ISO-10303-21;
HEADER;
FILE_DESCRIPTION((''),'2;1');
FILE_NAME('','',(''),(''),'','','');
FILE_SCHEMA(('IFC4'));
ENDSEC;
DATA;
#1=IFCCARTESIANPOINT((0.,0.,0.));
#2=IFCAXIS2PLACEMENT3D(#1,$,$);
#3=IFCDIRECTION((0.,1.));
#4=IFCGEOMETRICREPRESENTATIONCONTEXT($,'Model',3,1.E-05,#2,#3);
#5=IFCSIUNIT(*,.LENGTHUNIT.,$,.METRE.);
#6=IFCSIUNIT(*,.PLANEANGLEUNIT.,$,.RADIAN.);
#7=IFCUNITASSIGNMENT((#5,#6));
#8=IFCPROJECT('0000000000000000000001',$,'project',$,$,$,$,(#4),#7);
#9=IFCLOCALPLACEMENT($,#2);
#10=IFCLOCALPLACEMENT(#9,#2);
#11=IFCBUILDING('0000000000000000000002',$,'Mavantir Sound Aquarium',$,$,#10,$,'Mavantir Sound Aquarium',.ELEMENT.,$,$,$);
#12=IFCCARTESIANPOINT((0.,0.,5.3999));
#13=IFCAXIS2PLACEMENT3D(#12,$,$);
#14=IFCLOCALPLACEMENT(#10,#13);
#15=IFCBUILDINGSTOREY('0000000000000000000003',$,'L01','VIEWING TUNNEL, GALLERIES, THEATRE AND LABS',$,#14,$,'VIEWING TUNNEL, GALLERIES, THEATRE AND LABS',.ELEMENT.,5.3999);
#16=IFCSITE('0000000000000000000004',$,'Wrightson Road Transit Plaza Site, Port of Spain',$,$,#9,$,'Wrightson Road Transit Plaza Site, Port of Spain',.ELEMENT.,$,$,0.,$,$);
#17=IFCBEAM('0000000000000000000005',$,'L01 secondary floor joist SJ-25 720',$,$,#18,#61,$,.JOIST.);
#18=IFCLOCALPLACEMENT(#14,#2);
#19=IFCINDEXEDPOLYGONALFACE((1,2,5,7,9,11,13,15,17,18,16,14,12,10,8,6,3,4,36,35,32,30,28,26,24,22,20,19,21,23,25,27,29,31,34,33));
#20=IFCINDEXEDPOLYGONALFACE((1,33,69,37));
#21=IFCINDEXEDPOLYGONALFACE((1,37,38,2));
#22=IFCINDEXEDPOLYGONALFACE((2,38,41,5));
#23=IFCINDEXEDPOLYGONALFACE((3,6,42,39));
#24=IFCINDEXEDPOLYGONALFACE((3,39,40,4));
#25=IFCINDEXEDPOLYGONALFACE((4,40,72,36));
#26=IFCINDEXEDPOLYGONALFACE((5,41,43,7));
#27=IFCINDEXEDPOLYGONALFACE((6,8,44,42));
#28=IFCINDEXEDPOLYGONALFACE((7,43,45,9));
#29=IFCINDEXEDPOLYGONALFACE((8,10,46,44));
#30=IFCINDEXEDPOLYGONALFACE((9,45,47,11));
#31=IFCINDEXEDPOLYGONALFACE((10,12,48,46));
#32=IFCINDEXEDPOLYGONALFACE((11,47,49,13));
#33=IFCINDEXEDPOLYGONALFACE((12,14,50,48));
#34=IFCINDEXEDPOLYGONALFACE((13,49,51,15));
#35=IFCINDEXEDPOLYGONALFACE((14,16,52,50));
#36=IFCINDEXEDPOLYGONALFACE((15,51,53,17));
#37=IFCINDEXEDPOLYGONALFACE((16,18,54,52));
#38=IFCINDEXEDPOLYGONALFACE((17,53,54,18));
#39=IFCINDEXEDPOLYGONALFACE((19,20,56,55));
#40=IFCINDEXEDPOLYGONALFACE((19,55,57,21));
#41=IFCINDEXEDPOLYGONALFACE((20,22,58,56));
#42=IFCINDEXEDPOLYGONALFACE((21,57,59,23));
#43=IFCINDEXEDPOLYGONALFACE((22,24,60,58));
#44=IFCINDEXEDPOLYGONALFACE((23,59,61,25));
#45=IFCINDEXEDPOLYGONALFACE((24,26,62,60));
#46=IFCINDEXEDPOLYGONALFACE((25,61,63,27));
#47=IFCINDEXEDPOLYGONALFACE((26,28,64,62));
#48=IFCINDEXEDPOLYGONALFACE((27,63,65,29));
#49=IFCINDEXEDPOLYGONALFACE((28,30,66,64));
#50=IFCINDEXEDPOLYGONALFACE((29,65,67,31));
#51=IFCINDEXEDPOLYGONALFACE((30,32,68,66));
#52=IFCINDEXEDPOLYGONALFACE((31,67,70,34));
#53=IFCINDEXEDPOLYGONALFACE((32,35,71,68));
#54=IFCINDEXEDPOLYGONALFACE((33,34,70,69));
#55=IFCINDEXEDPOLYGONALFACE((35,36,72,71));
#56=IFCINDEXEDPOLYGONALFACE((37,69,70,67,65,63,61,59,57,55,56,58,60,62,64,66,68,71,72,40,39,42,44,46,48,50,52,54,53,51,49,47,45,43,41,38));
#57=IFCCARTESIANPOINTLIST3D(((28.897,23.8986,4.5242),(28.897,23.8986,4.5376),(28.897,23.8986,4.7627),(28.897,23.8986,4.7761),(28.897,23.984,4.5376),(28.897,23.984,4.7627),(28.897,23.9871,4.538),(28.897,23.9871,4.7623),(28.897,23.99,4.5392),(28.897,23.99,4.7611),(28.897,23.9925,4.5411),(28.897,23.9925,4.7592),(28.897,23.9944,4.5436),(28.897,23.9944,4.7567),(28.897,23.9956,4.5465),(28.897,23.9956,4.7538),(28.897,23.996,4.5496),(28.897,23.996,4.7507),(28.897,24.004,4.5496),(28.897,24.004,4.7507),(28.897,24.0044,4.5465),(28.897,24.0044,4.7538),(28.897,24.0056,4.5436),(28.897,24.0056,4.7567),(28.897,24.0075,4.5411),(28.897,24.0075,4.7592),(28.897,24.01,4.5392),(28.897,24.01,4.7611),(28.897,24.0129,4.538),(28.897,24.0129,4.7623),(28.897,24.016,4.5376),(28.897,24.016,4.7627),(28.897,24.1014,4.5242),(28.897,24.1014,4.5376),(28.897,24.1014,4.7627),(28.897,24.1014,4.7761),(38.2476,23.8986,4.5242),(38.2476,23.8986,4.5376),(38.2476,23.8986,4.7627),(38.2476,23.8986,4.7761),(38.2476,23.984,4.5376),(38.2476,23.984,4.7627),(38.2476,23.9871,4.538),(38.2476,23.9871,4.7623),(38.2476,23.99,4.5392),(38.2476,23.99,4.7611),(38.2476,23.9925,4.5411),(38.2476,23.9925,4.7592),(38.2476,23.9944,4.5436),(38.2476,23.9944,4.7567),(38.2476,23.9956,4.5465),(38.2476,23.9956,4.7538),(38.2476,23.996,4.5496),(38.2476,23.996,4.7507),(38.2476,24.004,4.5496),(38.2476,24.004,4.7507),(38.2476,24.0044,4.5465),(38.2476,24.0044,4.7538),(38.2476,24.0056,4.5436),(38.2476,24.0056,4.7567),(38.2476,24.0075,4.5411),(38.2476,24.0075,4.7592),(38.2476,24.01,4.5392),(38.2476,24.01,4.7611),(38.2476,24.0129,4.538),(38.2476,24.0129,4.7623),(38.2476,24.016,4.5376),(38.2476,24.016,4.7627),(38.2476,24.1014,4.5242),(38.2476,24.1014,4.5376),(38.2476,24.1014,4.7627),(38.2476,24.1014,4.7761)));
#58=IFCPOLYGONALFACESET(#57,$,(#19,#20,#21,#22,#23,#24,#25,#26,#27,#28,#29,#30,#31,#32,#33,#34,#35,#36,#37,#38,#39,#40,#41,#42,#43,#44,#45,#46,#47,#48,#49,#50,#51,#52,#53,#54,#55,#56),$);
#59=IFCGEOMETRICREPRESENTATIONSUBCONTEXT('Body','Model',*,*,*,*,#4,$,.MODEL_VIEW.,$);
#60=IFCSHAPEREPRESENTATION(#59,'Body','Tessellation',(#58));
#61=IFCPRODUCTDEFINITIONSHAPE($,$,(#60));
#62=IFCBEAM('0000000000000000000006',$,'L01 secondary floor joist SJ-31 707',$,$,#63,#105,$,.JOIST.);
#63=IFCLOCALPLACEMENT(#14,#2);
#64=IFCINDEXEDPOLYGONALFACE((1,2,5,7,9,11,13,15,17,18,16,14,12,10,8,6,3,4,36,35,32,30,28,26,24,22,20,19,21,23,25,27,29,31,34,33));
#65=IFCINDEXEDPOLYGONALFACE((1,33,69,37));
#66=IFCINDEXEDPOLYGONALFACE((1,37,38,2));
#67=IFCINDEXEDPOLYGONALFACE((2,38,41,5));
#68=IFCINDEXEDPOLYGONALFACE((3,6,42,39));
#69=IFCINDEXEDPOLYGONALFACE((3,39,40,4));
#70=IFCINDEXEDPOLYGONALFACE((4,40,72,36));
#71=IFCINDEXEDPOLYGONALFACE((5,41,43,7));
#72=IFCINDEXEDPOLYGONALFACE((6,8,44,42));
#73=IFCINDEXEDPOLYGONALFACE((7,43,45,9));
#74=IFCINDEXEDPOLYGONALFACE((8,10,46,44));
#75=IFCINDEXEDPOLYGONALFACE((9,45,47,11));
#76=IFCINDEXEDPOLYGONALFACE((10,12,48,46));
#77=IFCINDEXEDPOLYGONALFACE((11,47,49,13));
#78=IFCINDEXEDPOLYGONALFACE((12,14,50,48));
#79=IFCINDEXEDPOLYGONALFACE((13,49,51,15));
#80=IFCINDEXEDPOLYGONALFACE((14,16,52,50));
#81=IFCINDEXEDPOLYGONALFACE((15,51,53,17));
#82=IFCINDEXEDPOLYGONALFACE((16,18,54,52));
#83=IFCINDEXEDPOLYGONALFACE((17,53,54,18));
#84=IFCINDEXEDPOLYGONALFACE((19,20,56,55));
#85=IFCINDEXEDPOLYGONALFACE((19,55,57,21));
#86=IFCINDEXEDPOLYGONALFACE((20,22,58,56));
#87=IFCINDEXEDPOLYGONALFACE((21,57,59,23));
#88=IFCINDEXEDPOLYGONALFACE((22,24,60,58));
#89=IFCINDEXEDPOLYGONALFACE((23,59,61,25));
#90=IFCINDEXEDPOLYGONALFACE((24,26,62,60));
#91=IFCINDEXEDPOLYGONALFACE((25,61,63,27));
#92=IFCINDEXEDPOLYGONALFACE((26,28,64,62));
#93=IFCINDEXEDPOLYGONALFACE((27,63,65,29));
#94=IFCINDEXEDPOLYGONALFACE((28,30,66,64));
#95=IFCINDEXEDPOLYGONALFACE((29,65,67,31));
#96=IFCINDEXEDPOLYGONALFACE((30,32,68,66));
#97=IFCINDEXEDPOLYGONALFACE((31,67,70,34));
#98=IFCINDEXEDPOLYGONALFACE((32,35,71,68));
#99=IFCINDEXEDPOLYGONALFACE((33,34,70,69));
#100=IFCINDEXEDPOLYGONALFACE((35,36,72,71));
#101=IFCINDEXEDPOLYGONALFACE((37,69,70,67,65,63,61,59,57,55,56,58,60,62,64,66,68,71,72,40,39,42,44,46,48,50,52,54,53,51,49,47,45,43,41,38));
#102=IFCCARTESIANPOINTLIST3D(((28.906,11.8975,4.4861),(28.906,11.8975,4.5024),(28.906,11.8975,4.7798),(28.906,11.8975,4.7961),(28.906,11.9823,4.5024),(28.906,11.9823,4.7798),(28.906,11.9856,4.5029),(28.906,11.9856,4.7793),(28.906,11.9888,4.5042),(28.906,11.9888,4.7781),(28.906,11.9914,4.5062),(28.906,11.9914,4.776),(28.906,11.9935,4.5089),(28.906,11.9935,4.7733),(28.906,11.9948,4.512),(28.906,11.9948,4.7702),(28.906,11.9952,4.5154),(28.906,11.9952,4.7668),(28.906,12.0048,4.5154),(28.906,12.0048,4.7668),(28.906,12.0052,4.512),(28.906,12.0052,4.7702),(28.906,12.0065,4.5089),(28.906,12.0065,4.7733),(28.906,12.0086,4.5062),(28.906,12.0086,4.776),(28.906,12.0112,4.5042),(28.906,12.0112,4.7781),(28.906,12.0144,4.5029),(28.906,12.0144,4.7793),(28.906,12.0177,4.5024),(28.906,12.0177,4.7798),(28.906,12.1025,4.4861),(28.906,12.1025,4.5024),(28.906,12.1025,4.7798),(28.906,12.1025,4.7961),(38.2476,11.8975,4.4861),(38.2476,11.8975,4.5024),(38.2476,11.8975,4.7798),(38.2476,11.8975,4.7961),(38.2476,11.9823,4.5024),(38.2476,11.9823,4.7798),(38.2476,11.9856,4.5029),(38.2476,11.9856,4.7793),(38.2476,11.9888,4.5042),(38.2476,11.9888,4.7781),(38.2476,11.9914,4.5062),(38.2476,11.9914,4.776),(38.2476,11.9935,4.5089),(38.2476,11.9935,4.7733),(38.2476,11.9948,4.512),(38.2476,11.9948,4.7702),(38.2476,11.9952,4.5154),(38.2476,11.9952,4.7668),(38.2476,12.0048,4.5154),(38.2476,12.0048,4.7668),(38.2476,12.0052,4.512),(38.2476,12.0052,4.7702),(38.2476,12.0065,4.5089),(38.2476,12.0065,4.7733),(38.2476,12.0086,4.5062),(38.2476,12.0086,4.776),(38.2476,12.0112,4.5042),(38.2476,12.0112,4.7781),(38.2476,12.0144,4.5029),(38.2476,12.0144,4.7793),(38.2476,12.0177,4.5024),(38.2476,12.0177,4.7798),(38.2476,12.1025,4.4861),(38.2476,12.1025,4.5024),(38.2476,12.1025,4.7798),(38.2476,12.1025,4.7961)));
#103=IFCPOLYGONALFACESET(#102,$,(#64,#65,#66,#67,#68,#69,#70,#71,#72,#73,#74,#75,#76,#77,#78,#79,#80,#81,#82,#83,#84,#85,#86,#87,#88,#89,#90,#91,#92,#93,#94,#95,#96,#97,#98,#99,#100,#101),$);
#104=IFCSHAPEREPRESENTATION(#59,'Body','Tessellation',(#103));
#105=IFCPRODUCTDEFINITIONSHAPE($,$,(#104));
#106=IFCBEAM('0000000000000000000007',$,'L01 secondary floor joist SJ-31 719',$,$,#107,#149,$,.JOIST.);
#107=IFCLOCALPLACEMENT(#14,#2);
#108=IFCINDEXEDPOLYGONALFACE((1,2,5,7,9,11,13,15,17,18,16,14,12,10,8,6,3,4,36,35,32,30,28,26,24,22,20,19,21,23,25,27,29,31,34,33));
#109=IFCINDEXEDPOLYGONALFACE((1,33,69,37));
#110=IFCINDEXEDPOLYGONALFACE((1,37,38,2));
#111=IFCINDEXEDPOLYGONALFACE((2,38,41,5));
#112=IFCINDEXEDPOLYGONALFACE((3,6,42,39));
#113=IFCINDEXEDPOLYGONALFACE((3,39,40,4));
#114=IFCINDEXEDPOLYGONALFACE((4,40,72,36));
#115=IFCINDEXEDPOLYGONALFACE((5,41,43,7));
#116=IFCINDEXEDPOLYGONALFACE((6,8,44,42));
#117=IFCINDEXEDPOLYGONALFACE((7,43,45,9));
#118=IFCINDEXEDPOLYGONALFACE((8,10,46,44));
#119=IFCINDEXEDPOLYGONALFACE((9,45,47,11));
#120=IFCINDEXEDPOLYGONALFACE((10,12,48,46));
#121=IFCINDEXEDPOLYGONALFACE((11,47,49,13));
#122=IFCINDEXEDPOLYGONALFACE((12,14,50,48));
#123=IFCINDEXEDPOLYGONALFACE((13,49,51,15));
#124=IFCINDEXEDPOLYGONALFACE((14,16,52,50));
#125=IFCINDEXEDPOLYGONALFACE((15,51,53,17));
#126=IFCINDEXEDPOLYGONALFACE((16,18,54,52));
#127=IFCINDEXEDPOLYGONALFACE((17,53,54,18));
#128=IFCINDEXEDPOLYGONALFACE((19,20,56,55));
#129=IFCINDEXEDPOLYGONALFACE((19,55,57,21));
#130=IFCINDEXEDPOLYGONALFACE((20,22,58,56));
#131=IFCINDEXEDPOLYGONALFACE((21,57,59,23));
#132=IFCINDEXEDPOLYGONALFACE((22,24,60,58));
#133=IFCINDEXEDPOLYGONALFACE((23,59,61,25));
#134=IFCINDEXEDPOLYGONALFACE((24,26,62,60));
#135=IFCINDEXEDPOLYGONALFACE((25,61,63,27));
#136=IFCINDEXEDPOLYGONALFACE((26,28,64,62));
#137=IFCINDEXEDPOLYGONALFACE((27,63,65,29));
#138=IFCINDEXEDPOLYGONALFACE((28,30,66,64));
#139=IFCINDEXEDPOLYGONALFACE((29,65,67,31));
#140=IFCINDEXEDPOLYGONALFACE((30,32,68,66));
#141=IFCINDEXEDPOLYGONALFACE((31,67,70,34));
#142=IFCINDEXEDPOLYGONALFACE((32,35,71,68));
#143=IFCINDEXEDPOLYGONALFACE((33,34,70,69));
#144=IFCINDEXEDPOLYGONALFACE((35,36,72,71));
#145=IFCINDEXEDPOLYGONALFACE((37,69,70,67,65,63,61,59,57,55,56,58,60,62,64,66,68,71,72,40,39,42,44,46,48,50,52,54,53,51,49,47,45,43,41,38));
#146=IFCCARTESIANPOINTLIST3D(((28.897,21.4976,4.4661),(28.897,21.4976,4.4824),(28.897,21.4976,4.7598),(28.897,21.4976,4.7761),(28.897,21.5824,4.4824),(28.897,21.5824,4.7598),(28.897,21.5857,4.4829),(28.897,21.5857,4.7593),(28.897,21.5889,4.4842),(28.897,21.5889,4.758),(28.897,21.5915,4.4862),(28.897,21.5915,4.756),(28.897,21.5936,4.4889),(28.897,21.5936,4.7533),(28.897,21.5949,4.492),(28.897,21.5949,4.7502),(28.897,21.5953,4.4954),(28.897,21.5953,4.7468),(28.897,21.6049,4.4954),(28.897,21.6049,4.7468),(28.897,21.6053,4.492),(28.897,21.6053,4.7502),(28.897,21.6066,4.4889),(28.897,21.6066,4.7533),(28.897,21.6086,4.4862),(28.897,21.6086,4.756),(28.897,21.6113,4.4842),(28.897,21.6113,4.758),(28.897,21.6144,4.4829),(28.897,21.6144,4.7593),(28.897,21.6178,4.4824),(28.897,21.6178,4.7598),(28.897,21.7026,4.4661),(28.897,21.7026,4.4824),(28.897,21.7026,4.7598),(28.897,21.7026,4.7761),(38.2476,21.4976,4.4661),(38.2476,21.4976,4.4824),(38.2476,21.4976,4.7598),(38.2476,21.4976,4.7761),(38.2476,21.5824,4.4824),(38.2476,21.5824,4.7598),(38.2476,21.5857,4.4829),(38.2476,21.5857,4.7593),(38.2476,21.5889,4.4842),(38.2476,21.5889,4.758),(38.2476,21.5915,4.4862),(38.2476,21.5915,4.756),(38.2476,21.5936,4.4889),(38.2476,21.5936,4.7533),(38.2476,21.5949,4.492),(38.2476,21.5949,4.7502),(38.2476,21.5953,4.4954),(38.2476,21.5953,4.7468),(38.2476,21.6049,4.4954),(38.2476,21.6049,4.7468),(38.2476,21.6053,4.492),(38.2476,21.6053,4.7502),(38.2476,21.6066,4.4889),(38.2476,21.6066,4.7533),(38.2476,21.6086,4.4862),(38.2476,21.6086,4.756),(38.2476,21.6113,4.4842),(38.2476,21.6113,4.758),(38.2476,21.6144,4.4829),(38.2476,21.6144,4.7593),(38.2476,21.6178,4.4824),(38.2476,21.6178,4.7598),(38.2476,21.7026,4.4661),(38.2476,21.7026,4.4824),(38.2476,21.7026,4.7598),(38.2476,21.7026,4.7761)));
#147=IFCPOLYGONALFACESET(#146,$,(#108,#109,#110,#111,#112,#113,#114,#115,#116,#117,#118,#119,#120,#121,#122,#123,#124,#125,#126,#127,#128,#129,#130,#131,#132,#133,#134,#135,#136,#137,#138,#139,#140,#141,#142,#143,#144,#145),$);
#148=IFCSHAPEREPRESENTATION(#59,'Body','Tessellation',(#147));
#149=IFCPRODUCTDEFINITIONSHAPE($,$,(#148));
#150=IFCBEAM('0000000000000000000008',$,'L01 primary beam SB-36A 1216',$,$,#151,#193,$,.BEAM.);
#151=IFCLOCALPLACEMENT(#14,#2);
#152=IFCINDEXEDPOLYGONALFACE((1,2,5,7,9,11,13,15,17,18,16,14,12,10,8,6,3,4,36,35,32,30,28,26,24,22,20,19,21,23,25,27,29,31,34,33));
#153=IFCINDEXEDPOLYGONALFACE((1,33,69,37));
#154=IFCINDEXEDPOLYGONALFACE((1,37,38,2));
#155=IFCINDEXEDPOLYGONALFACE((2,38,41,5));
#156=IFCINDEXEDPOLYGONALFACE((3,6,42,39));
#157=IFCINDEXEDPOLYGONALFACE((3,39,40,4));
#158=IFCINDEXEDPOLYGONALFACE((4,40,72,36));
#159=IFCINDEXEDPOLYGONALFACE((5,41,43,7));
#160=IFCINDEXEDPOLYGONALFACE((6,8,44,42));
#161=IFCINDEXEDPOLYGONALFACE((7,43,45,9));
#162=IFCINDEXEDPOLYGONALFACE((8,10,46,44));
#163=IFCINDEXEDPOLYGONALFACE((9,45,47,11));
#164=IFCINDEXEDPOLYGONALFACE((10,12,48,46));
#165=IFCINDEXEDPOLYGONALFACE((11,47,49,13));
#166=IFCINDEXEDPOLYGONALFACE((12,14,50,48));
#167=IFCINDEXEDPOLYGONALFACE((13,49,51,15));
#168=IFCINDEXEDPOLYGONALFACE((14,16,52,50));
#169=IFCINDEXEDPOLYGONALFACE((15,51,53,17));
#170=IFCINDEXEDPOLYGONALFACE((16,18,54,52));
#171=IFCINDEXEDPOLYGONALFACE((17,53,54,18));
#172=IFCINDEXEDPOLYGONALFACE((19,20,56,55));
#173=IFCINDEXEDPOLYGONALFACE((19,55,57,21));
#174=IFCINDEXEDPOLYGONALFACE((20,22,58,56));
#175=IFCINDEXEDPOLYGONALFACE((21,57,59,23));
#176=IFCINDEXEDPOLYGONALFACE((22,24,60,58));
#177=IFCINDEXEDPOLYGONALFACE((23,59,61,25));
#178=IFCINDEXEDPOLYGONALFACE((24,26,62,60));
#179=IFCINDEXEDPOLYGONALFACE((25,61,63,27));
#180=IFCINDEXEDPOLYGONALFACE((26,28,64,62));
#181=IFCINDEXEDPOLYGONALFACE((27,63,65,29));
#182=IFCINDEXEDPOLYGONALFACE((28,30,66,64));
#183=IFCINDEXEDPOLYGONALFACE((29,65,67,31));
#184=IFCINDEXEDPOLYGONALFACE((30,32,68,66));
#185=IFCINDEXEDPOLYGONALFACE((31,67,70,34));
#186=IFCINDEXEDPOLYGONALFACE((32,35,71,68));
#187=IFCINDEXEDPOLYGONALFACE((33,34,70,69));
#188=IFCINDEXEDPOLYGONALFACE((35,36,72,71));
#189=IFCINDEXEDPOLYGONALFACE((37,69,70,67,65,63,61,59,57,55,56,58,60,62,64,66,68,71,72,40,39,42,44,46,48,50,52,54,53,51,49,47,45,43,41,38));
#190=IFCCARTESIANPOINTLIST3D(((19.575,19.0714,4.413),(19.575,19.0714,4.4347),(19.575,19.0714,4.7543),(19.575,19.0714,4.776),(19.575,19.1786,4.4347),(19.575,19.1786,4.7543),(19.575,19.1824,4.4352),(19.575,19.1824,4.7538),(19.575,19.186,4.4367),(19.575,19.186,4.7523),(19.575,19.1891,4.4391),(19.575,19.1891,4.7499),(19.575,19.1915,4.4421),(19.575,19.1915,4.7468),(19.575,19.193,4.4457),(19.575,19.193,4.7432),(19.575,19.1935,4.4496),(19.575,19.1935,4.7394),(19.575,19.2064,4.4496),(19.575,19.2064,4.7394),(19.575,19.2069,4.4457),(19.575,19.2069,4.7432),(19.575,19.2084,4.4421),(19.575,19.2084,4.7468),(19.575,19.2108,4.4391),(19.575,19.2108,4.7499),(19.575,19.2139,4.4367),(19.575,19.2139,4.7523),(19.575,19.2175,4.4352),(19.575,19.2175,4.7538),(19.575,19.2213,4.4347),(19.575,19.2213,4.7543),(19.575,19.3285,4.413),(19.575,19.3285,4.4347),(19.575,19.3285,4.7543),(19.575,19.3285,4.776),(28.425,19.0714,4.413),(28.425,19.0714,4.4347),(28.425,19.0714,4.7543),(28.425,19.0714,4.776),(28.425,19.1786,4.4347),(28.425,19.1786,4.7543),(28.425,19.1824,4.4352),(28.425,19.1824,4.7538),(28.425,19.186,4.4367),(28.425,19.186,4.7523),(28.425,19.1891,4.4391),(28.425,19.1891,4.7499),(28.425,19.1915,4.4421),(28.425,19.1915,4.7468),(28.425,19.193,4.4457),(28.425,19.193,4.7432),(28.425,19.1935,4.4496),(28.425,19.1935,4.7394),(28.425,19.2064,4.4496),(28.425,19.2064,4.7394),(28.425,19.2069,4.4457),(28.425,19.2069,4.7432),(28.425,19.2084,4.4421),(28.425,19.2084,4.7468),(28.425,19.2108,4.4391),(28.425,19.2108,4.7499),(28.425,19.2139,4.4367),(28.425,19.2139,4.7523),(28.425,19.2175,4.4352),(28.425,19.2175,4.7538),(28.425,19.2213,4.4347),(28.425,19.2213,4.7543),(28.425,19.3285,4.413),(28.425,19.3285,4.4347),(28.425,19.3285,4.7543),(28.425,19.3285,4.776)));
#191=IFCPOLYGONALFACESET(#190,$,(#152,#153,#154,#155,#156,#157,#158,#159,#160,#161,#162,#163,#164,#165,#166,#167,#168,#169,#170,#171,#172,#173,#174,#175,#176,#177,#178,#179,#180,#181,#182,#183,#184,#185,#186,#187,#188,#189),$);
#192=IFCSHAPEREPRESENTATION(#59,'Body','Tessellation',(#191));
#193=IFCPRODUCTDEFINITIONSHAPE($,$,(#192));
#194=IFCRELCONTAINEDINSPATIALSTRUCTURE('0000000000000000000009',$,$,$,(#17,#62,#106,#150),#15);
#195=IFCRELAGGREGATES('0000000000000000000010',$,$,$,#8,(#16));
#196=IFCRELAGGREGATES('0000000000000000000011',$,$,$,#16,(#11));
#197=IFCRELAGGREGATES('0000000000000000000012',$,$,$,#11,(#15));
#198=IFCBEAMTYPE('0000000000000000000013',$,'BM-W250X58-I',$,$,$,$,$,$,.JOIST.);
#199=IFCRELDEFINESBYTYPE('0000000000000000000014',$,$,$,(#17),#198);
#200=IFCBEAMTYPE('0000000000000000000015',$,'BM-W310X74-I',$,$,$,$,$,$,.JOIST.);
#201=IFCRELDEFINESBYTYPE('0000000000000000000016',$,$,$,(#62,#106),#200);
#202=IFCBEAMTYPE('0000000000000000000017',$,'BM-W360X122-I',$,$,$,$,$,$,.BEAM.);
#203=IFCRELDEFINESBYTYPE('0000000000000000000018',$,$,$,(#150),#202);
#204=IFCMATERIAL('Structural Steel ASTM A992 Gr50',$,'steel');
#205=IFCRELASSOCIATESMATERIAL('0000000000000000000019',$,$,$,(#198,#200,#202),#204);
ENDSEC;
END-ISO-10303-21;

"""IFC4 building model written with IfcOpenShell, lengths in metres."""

from ifc_helpers import new_model, si_unit, direction, frame, origin, origin_2d, place, context, subcontext, project, spatial, i_section, extrude, material, material_profile, profile_set, type_object, element, save


model = new_model("IFC4")

# Units and contexts
model_context = context("Model", 3, precision=1e-05, world=origin(), true_north=direction((0.0, 1.0)))
body_context = subcontext(model_context, "Body", "Model", "MODEL_VIEW")
ifc_project = project(units=[si_unit("LENGTHUNIT", "METRE"), si_unit("PLANEANGLEUNIT", "RADIAN")], contexts=[model_context])

# Site, building, storey
site_placement = place(None, origin())
site = spatial("IfcSite", under=ifc_project, at=site_placement, Name="Wrightson Road Transit Plaza Site, Port of Spain", LongName="Wrightson Road Transit Plaza Site, Port of Spain", CompositionType="ELEMENT", RefElevation=0.0)
building_placement = place(site_placement, origin())
building = spatial("IfcBuilding", under=site, at=building_placement, Name="Mavantir Sound Aquarium", LongName="Mavantir Sound Aquarium", CompositionType="ELEMENT")
storey_placement = place(building_placement, frame((0.0, 0.0, 5.3999)))
storey = spatial("IfcBuildingStorey", under=building, at=storey_placement, Name="L01", Description="VIEWING TUNNEL, GALLERIES, THEATRE AND LABS", LongName="VIEWING TUNNEL, GALLERIES, THEATRE AND LABS", CompositionType="ELEMENT", Elevation=5.3999)

# Beams
ifc_material_1 = material(Name="Structural Steel ASTM A992 Gr50", Category="steel")
ifc_material_profile_1 = material_profile(ifc_material_1, i_section(OverallWidth=0.2029, OverallDepth=0.252, WebThickness=0.0081, FlangeThickness=0.0134, FilletRadius=0.012, at=origin_2d()), Name="W250X58")
ifc_profile_set_1 = profile_set([ifc_material_profile_1], Name="Structural Steel ASTM A992 Gr50")
beam_type_1 = type_object("IfcBeamType", Name="BM-W250X58-I", PredefinedType="JOIST", material=ifc_profile_set_1)
beam_1_placement = place(storey_placement, frame((28.897, 24.0, 4.6501), z_axis=(1.0, 0.0, 0.0), x_axis=(0.0, 1.0, 0.0)))
element("IfcBeam", 1, at=beam_1_placement, inside=storey, type_object=beam_type_1, Name="L01 secondary floor joist SJ-25 720", PredefinedType="JOIST", context=body_context, shape_type="SweptSolid", body=[
    extrude(i_section(OverallWidth=0.2029, OverallDepth=0.252, WebThickness=0.0081, FlangeThickness=0.0134, FilletRadius=0.012, at=origin_2d()), origin(), (0.0, 0.0, 1.0), 9.3506),
])
ifc_material_profile_2 = material_profile(ifc_material_1, i_section(OverallWidth=0.2051, OverallDepth=0.3101, WebThickness=0.0095, FlangeThickness=0.0164, FilletRadius=0.0129, at=origin_2d()), Name="W310X74")
ifc_profile_set_2 = profile_set([ifc_material_profile_2], Name="Structural Steel ASTM A992 Gr50")
beam_type_2 = type_object("IfcBeamType", Name="BM-W310X74-I", PredefinedType="JOIST", material=ifc_profile_set_2)
beam_2_placement = place(storey_placement, frame((28.906, 12.0, 4.6411), z_axis=(1.0, 0.0, 0.0), x_axis=(0.0, 1.0, 0.0)))
element("IfcBeam", 2, at=beam_2_placement, inside=storey, type_object=beam_type_2, Name="L01 secondary floor joist SJ-31 707", PredefinedType="JOIST", context=body_context, shape_type="SweptSolid", body=[
    extrude(i_section(OverallWidth=0.2051, OverallDepth=0.3101, WebThickness=0.0095, FlangeThickness=0.0164, FilletRadius=0.0129, at=origin_2d()), origin(), (0.0, 0.0, 1.0), 9.3416),
])
beam_3_placement = place(storey_placement, frame((28.897, 21.6001, 4.6211), z_axis=(1.0, 0.0, 0.0), x_axis=(0.0, 1.0, 0.0)))
element("IfcBeam", 3, at=beam_3_placement, inside=storey, type_object=beam_type_2, Name="L01 secondary floor joist SJ-31 719", PredefinedType="JOIST", context=body_context, shape_type="SweptSolid", body=[
    extrude(i_section(OverallWidth=0.2051, OverallDepth=0.3101, WebThickness=0.0095, FlangeThickness=0.0164, FilletRadius=0.0129, at=origin_2d()), origin(), (0.0, 0.0, 1.0), 9.3506),
])
ifc_material_profile_3 = material_profile(ifc_material_1, i_section(OverallWidth=0.2571, OverallDepth=0.363, WebThickness=0.0129, FlangeThickness=0.0217, FilletRadius=0.0149, at=origin_2d()), Name="W360X122")
ifc_profile_set_3 = profile_set([ifc_material_profile_3], Name="Structural Steel ASTM A992 Gr50")
beam_type_3 = type_object("IfcBeamType", Name="BM-W360X122-I", PredefinedType="BEAM", material=ifc_profile_set_3)
beam_4_placement = place(storey_placement, frame((19.575, 19.2, 4.5945), z_axis=(1.0, 0.0, 0.0), x_axis=(0.0, 1.0, 0.0)))
element("IfcBeam", 4, at=beam_4_placement, inside=storey, type_object=beam_type_3, Name="L01 primary beam SB-36A 1216", PredefinedType="BEAM", context=body_context, shape_type="SweptSolid", body=[
    extrude(i_section(OverallWidth=0.2571, OverallDepth=0.363, WebThickness=0.0129, FlangeThickness=0.0217, FilletRadius=0.0149, at=origin_2d()), origin(), (0.0, 0.0, 1.0), 8.8501),
])

save(model, "model.ifc")
